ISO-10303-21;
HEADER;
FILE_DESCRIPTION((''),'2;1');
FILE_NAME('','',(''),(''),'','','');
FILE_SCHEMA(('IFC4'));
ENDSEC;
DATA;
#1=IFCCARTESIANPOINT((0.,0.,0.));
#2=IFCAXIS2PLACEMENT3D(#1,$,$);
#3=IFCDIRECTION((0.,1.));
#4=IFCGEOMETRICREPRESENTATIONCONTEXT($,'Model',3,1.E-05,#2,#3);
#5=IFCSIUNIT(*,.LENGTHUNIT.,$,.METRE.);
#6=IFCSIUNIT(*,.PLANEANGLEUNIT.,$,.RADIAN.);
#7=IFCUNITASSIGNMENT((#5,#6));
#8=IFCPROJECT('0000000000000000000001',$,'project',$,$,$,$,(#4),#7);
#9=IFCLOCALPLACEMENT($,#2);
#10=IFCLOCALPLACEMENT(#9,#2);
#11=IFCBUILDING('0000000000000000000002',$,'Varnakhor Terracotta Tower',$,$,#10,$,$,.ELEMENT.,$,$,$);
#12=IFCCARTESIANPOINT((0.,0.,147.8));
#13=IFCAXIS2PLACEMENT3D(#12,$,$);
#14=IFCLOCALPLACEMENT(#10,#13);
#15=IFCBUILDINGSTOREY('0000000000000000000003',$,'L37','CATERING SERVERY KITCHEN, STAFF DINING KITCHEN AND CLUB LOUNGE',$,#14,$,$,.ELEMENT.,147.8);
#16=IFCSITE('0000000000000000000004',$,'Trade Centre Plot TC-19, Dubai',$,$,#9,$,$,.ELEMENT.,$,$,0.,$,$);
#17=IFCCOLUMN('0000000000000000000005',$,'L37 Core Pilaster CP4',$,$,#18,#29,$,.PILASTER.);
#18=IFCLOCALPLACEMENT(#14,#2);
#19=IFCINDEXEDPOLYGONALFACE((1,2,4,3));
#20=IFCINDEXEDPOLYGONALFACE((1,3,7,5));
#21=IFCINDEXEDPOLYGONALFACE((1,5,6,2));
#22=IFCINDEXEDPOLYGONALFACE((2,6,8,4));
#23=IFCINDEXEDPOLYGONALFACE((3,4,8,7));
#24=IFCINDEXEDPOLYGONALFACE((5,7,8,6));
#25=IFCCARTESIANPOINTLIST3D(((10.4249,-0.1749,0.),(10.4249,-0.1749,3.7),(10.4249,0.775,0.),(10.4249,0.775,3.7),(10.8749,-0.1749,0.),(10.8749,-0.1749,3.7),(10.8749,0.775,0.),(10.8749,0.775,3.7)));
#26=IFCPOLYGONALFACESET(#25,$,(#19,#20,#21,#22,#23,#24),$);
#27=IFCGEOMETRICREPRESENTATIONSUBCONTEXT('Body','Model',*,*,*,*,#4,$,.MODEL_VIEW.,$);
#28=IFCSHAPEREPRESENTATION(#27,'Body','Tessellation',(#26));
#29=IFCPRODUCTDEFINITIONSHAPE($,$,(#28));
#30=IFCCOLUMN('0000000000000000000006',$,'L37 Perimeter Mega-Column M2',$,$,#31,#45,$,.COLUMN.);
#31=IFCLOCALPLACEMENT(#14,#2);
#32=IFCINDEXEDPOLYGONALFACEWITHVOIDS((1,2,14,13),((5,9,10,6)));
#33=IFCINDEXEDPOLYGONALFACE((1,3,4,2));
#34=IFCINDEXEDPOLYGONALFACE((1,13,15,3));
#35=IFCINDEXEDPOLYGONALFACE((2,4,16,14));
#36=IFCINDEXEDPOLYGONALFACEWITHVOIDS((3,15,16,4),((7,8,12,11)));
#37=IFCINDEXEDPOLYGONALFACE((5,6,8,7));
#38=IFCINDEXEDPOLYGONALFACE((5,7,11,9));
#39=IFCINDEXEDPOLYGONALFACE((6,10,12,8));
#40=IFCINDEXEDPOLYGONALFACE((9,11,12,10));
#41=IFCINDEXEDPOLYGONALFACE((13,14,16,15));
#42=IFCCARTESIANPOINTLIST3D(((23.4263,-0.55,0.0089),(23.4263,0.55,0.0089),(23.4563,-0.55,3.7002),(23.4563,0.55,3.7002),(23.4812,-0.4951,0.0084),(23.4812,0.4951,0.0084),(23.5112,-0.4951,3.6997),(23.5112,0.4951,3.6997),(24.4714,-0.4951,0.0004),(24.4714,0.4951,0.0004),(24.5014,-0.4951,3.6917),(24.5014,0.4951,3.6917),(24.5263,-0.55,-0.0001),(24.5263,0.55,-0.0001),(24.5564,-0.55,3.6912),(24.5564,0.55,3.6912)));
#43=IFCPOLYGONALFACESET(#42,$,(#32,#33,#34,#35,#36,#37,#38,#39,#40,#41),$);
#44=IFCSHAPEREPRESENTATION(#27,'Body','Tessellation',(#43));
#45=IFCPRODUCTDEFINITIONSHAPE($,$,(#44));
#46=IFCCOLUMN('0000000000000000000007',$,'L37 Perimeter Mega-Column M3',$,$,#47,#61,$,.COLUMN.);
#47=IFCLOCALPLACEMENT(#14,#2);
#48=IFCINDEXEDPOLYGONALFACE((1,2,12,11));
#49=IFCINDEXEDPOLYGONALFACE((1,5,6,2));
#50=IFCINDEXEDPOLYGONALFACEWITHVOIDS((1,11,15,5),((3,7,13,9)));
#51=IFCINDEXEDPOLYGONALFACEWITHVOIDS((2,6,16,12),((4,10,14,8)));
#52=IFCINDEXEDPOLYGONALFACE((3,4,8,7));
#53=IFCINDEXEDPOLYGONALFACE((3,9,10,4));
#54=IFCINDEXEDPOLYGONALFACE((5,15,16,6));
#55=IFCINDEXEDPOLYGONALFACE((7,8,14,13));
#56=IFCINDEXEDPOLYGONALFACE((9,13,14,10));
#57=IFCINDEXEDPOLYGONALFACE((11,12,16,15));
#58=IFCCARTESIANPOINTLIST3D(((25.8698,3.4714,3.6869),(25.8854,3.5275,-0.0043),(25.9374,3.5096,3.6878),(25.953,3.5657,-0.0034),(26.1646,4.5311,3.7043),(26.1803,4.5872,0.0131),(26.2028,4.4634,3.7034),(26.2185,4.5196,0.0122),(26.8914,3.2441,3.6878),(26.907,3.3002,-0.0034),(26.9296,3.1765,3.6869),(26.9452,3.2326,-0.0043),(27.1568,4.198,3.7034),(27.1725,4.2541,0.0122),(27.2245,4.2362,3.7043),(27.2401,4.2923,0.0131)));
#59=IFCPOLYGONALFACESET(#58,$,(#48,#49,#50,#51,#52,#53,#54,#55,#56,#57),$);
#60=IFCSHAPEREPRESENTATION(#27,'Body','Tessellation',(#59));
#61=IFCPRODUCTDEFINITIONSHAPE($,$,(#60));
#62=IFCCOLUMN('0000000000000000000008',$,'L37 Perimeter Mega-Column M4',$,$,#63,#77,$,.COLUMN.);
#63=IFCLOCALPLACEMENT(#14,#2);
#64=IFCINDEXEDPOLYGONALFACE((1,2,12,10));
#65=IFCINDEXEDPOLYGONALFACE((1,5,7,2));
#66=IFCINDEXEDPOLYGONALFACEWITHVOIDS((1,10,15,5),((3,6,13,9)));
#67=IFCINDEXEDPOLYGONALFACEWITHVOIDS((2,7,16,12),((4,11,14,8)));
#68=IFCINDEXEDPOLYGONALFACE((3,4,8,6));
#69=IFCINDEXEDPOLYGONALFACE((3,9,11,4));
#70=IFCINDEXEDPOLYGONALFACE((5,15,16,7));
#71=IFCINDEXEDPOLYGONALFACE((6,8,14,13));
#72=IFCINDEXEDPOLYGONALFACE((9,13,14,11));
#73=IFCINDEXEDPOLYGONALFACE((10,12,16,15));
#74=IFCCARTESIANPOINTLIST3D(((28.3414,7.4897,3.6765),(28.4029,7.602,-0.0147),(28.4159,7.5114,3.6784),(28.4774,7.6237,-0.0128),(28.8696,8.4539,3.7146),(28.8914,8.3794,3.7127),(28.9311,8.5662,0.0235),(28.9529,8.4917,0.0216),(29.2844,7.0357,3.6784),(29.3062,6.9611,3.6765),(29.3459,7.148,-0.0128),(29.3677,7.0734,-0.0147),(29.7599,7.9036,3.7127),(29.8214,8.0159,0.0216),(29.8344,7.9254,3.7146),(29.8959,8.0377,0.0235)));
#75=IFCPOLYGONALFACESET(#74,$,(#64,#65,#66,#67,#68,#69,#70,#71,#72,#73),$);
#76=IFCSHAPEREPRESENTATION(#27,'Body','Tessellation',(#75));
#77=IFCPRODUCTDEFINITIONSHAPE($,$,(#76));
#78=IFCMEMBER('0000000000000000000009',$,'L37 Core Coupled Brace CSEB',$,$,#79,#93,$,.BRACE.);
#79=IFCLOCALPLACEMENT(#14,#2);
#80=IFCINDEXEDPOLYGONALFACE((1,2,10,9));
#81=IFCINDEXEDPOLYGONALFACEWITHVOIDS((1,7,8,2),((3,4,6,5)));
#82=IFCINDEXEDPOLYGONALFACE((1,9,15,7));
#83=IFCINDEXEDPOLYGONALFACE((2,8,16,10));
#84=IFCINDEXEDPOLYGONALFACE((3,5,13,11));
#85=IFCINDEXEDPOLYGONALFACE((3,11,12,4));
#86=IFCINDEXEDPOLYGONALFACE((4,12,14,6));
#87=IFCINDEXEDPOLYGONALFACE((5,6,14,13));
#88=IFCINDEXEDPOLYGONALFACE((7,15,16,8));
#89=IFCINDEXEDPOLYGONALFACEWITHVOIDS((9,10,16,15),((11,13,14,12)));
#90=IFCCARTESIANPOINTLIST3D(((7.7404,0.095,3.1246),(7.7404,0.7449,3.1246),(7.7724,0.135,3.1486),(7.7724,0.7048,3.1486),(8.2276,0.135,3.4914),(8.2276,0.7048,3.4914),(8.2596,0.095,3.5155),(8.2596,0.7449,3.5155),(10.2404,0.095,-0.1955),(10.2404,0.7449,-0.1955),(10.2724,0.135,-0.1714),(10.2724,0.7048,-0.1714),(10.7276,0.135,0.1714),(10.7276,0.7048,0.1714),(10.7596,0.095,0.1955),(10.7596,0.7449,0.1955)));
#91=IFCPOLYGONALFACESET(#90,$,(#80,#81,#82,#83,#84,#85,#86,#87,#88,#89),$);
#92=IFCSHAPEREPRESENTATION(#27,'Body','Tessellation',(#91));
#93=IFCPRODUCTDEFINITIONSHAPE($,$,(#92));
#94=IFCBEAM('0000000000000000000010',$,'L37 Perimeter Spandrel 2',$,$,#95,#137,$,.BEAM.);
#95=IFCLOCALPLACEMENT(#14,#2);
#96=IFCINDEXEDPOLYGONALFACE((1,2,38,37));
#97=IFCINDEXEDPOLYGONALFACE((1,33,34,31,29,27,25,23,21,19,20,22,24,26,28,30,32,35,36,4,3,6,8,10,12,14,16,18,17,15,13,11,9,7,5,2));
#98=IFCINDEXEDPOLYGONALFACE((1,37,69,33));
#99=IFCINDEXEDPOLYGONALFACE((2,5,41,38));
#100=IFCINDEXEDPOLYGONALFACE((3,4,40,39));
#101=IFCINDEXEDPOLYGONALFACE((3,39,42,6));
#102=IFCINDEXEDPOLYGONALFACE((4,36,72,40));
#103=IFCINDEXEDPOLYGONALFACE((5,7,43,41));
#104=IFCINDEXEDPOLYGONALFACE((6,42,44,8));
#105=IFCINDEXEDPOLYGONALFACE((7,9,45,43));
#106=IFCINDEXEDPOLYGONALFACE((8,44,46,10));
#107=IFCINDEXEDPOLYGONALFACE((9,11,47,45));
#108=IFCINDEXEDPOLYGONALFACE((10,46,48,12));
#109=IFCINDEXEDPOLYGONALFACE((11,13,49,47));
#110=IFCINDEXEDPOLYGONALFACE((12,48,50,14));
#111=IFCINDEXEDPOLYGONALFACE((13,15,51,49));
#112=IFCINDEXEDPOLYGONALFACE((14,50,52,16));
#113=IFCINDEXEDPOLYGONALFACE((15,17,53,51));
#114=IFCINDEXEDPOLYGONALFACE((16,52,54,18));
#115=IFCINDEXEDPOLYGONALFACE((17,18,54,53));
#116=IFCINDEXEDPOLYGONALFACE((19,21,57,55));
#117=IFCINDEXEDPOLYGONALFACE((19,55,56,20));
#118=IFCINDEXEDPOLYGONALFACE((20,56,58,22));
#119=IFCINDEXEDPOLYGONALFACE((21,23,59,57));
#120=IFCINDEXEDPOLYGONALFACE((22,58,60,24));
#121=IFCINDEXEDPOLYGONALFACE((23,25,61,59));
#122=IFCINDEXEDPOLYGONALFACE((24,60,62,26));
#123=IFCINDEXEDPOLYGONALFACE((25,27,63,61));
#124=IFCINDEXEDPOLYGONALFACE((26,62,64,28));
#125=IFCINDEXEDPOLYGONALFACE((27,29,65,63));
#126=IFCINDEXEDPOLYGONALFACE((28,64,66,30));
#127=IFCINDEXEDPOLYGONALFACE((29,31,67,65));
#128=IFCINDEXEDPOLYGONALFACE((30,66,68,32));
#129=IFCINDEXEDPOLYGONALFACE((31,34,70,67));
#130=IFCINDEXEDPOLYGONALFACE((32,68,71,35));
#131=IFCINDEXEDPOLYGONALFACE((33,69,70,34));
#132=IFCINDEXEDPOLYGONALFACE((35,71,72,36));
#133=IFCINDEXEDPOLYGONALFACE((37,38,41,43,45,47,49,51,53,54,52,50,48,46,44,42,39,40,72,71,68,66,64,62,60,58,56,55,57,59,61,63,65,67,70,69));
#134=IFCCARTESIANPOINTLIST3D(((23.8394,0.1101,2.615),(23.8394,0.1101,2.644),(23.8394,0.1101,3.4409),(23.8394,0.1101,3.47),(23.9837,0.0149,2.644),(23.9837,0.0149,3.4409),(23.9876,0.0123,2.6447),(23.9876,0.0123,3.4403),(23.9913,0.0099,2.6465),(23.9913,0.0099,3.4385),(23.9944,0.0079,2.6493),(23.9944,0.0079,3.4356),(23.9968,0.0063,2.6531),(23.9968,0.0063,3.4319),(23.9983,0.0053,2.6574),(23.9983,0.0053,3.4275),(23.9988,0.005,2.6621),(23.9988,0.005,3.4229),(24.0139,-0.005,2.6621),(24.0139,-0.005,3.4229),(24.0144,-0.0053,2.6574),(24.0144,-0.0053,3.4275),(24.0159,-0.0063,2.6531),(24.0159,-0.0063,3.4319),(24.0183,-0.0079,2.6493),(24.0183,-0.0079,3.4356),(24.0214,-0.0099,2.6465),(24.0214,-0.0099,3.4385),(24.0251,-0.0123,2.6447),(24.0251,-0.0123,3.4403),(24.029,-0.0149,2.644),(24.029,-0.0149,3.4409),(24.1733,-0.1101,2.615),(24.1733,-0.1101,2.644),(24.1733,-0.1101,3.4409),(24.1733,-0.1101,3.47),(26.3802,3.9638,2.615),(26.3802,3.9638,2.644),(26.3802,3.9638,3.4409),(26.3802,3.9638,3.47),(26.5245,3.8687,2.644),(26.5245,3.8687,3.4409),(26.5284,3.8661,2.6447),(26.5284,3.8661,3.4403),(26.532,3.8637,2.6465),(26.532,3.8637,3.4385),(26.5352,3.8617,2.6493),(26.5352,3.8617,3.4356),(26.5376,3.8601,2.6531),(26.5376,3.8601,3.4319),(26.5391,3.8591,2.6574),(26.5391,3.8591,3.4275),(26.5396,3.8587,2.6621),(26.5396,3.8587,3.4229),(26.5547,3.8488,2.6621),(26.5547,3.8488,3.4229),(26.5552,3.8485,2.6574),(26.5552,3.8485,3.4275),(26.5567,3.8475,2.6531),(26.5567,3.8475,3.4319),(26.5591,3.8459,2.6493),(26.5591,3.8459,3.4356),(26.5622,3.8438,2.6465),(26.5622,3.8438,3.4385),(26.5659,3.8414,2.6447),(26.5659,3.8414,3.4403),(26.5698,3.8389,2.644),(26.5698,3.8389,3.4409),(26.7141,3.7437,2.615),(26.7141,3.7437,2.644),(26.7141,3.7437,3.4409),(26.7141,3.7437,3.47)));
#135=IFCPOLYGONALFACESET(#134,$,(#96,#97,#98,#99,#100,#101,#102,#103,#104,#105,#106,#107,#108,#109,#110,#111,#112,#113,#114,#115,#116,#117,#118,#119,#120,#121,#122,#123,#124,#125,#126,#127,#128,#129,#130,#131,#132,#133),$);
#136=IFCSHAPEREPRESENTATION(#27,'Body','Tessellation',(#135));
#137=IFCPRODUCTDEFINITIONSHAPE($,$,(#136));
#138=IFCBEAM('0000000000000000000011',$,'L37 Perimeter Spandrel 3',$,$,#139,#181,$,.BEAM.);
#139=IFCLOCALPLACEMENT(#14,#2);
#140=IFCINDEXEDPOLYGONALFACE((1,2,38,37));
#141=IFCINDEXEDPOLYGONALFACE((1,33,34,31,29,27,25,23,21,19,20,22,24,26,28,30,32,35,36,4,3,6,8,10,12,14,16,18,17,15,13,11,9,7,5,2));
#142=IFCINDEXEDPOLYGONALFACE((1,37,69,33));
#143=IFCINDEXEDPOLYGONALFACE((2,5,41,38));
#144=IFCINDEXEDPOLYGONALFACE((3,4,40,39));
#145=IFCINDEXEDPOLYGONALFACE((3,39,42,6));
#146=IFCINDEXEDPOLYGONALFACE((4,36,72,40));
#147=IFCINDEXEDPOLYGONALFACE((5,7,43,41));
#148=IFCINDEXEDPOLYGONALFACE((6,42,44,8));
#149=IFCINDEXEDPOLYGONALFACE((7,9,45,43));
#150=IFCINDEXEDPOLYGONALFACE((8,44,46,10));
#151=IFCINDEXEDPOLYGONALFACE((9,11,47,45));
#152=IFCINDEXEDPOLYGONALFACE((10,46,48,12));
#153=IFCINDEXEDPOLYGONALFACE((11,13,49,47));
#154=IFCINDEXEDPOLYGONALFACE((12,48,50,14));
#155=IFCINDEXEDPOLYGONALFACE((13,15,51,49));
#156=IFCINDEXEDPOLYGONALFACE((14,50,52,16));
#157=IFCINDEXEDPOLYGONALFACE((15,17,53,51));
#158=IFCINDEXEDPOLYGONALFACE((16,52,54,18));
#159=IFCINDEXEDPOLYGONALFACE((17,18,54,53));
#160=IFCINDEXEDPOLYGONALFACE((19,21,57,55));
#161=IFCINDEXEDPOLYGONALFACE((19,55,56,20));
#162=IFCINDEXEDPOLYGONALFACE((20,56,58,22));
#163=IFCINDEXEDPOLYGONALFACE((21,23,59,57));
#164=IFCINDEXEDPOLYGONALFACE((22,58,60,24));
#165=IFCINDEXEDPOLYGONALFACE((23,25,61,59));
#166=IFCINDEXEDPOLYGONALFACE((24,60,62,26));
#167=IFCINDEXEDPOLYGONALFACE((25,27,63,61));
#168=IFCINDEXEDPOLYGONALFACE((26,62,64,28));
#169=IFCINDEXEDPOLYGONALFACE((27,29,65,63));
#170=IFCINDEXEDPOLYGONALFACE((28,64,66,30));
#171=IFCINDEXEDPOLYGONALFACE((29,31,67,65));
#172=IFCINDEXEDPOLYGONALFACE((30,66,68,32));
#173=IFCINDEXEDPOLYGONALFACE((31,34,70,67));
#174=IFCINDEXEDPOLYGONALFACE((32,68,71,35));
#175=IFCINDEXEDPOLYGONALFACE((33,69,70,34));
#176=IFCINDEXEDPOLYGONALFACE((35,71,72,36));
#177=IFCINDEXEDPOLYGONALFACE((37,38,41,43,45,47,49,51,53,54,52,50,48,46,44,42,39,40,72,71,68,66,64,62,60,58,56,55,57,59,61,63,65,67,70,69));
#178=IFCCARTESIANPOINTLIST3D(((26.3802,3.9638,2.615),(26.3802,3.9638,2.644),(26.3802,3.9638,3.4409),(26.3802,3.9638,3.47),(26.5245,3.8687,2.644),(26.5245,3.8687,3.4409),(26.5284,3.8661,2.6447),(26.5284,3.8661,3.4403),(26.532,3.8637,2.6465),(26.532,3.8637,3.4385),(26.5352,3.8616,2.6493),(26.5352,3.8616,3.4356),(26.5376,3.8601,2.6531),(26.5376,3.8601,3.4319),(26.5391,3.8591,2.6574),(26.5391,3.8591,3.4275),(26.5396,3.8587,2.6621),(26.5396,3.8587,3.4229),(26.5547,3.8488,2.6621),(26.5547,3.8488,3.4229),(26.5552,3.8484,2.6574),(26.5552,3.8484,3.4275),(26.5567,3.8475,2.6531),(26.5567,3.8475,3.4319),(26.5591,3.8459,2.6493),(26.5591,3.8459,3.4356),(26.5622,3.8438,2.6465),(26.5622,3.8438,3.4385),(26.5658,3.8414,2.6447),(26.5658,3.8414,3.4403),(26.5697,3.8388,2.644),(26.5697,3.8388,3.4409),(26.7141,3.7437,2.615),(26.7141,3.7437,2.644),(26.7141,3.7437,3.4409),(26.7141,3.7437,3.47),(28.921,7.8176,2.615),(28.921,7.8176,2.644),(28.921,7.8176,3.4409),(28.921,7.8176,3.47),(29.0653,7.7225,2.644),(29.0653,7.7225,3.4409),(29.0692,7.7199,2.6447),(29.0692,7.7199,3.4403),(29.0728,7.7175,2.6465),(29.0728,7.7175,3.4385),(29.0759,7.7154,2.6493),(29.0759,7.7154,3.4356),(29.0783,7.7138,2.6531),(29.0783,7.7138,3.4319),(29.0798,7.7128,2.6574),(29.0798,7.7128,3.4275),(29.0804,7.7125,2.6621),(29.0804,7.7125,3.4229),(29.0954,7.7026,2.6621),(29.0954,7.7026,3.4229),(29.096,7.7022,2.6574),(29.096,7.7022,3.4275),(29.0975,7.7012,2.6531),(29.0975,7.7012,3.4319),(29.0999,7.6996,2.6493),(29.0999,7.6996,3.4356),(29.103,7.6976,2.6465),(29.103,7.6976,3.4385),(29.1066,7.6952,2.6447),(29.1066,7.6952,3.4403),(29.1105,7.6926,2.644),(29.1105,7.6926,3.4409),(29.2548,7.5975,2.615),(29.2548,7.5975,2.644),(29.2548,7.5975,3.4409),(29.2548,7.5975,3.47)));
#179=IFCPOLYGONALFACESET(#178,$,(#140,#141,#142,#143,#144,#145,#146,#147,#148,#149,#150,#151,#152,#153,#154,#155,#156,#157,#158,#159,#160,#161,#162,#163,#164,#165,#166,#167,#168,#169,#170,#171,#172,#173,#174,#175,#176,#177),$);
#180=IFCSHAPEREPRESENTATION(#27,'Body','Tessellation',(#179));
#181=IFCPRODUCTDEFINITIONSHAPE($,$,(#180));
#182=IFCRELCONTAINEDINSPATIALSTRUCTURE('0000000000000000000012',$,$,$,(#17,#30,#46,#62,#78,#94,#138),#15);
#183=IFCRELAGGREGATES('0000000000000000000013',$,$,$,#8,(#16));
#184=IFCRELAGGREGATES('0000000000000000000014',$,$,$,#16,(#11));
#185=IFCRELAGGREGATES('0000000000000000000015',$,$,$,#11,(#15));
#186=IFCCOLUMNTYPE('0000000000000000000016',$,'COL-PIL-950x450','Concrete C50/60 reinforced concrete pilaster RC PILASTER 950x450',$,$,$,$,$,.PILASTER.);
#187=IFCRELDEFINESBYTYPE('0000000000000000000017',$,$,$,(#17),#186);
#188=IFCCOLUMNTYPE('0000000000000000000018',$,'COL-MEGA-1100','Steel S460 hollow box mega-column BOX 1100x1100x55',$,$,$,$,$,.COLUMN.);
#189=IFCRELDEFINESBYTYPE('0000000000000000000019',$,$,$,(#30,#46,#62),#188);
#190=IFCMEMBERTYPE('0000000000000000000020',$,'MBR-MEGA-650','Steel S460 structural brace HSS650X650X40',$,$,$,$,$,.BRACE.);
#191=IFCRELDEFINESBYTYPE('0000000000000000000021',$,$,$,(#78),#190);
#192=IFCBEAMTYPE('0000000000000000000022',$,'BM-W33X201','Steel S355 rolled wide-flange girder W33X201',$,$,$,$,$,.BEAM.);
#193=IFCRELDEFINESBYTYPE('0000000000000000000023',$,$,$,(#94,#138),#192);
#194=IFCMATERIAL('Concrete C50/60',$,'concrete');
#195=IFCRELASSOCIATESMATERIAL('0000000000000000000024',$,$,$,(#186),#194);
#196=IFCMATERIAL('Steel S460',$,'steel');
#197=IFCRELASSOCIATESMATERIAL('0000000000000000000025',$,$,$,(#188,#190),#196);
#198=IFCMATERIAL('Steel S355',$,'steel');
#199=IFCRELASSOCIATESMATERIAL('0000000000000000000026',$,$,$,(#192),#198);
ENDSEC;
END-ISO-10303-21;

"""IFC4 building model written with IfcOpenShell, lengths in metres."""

from ifc_helpers import new_model, si_unit, direction, frame, origin, origin_2d, place, context, subcontext, project, spatial, rectangle, hollow_rectangle, i_section, extrude, source, transform, mapped, material, material_profile, profile_set, type_object, element, save


model = new_model("IFC4")

# Units and contexts
model_context = context("Model", 3, precision=1e-05, world=origin(), true_north=direction((0.0, 1.0)))
body_context = subcontext(model_context, "Body", "Model", "MODEL_VIEW")
ifc_project = project(units=[si_unit("LENGTHUNIT", "METRE"), si_unit("PLANEANGLEUNIT", "RADIAN")], contexts=[model_context])

# Site, building, storey
site_placement = place(None, origin())
site = spatial("IfcSite", under=ifc_project, at=site_placement, Name="Trade Centre Plot TC-19, Dubai", CompositionType="ELEMENT", RefElevation=0.0)
building_placement = place(site_placement, origin())
building = spatial("IfcBuilding", under=site, at=building_placement, Name="Varnakhor Terracotta Tower", CompositionType="ELEMENT")
storey_placement = place(building_placement, frame((0.0, 0.0, 147.8)))
storey = spatial("IfcBuildingStorey", under=building, at=storey_placement, Name="L37", Description="CATERING SERVERY KITCHEN, STAFF DINING KITCHEN AND CLUB LOUNGE", CompositionType="ELEMENT", Elevation=147.8)

# Columns
ifc_material_1 = material(Name="Concrete C50/60", Category="concrete")
ifc_material_profile_1 = material_profile(ifc_material_1, rectangle(XDim=0.45, YDim=0.95, at=origin_2d()), Name="RC PILASTER 950x450")
ifc_profile_set_1 = profile_set([ifc_material_profile_1], Name="Concrete C50/60")
column_type_1 = type_object("IfcColumnType", Name="COL-PIL-950x450", Description="Concrete C50/60 reinforced concrete pilaster RC PILASTER 950x450", PredefinedType="PILASTER", material=ifc_profile_set_1)
shared_shape_1 = source(origin(), body_context, "Body", "SweptSolid", [
    extrude(rectangle(XDim=0.45, YDim=0.95, at=origin_2d()), origin(), (0.0, 0.0, 1.0), 3.7),
])
column_1_placement = place(storey_placement, frame((10.6499, 0.3, 0.0), z_axis=(0.0, 0.0, 1.0), x_axis=(1.0, 0.0, 0.0)))
element("IfcColumn", 1, at=column_1_placement, inside=storey, type_object=column_type_1, Name="L37 Core Pilaster CP4", PredefinedType="PILASTER", context=body_context, shape_type="MappedRepresentation", body=[
    mapped(shared_shape_1, transform((0.0, 0.0, 0.0), scale=1.0)),
])
ifc_material_2 = material(Name="Steel S460", Category="steel")
ifc_material_profile_2 = material_profile(ifc_material_2, hollow_rectangle(XDim=1.1001, YDim=1.1001, WallThickness=0.0549, at=origin_2d()), Name="BOX 1100x1100x55")
ifc_profile_set_2 = profile_set([ifc_material_profile_2], Name="Steel S460")
column_type_2 = type_object("IfcColumnType", Name="COL-MEGA-1100", Description="Steel S460 hollow box mega-column BOX 1100x1100x55", PredefinedType="COLUMN", material=ifc_profile_set_2)
shared_shape_2 = source(origin(), body_context, "Body", "SweptSolid", [
    extrude(hollow_rectangle(XDim=1.1001, YDim=1.1001, WallThickness=0.0549, at=origin_2d()), origin(), (0.0, 0.0, 1.0), 3.6914),
])
column_2_placement = place(storey_placement, frame((23.9763, 0.0, 0.0044), z_axis=(0.008135, 0.0, 0.999967), x_axis=(0.0, 1.0, 0.0)))
element("IfcColumn", 2, at=column_2_placement, inside=storey, type_object=column_type_2, Name="L37 Perimeter Mega-Column M2", PredefinedType="COLUMN", context=body_context, shape_type="MappedRepresentation", body=[
    mapped(shared_shape_2, transform((0.0, 0.0, 0.0), scale=1.0)),
])
shared_shape_3 = source(origin(), body_context, "Body", "SweptSolid", [
    extrude(hollow_rectangle(XDim=1.1001, YDim=1.1001, WallThickness=0.0549, at=origin_2d()), origin(), (0.0, 0.0, 1.0), 3.6917),
])
column_3_placement = place(storey_placement, frame((26.5627, 3.9099, 0.0044), z_axis=(-0.004233, -0.015211, 0.999875), x_axis=(0.963398, -0.268076, 0.0)))
element("IfcColumn", 3, at=column_3_placement, inside=storey, type_object=column_type_2, Name="L37 Perimeter Mega-Column M3", PredefinedType="COLUMN", context=body_context, shape_type="MappedRepresentation", body=[
    mapped(shared_shape_3, transform((0.0, 0.0, 0.0), scale=1.0)),
])
shared_shape_4 = source(origin(), body_context, "Body", "SweptSolid", [
    extrude(hollow_rectangle(XDim=1.1001, YDim=1.1001, WallThickness=0.0549, at=origin_2d()), origin(), (0.0, 0.0, 1.0), 3.6934),
])
column_4_placement = place(storey_placement, frame((29.1494, 7.8198, 0.0044), z_axis=(-0.016658, -0.030407, 0.999399), x_axis=(0.87702, -0.480454, 0.0)))
element("IfcColumn", 4, at=column_4_placement, inside=storey, type_object=column_type_2, Name="L37 Perimeter Mega-Column M4", PredefinedType="COLUMN", context=body_context, shape_type="MappedRepresentation", body=[
    mapped(shared_shape_4, transform((0.0, 0.0, 0.0), scale=1.0)),
])

# Member
ifc_material_profile_3 = material_profile(ifc_material_2, hollow_rectangle(XDim=0.6499, YDim=0.6499, WallThickness=0.04, at=origin_2d()), Name="HSS650X650X40")
ifc_profile_set_3 = profile_set([ifc_material_profile_3], Name="Steel S460")
member_type_1 = type_object("IfcMemberType", Name="MBR-MEGA-650", Description="Steel S460 structural brace HSS650X650X40", PredefinedType="BRACE", material=ifc_profile_set_3)
shared_shape_5 = source(origin(), body_context, "Body", "SweptSolid", [
    extrude(hollow_rectangle(XDim=0.6499, YDim=0.6499, WallThickness=0.04, at=origin_2d()), origin(), (0.0, 0.0, 1.0), 4.156),
])
member_1_placement = place(storey_placement, frame((10.5, 0.4199, 0.0), z_axis=(-0.601531, 0.0, 0.79885), x_axis=(0.0, -1.0, 0.0)))
element("IfcMember", 5, at=member_1_placement, inside=storey, type_object=member_type_1, Name="L37 Core Coupled Brace CSEB", PredefinedType="BRACE", context=body_context, shape_type="MappedRepresentation", body=[
    mapped(shared_shape_5, transform((0.0, 0.0, 0.0), scale=1.0)),
])

# Beams
ifc_material_3 = material(Name="Steel S355", Category="steel")
ifc_material_profile_4 = material_profile(ifc_material_3, i_section(OverallWidth=0.3999, OverallDepth=0.855, WebThickness=0.0181, FlangeThickness=0.0291, FilletRadius=0.0181, at=origin_2d()), Name="W33X201")
ifc_profile_set_4 = profile_set([ifc_material_profile_4], Name="Steel S355")
beam_type_1 = type_object("IfcBeamType", Name="BM-W33X201", Description="Steel S355 rolled wide-flange girder W33X201", PredefinedType="BEAM", material=ifc_profile_set_4)
shared_shape_6 = source(origin(), body_context, "Body", "SweptSolid", [
    extrude(i_section(OverallWidth=0.3999, OverallDepth=0.855, WebThickness=0.0181, FlangeThickness=0.0291, FilletRadius=0.0181, at=origin_2d()), origin(), (0.0, 0.0, 1.0), 4.616),
])
for number, where, z_axis, x_axis, name in (
    (6, (24.0063, 0.0, 3.0425), (0.550433, 0.834879, 0.0), (-0.834879, 0.550433, 0.0), "L37 Perimeter Spandrel 2"),
    (7, (26.5471, 3.8538, 3.0425), (0.550433, 0.834879, 0.0), (-0.834879, 0.550433, 0.0), "L37 Perimeter Spandrel 3"),
):
    element("IfcBeam", number, at=place(storey_placement, frame(where, z_axis=z_axis, x_axis=x_axis)), inside=storey, type_object=beam_type_1, Name=name, PredefinedType="BEAM", context=body_context, shape_type="MappedRepresentation", body=[
        mapped(shared_shape_6, transform((0.0, 0.0, 0.0), scale=1.0)),
    ])

save(model, "model.ifc")
